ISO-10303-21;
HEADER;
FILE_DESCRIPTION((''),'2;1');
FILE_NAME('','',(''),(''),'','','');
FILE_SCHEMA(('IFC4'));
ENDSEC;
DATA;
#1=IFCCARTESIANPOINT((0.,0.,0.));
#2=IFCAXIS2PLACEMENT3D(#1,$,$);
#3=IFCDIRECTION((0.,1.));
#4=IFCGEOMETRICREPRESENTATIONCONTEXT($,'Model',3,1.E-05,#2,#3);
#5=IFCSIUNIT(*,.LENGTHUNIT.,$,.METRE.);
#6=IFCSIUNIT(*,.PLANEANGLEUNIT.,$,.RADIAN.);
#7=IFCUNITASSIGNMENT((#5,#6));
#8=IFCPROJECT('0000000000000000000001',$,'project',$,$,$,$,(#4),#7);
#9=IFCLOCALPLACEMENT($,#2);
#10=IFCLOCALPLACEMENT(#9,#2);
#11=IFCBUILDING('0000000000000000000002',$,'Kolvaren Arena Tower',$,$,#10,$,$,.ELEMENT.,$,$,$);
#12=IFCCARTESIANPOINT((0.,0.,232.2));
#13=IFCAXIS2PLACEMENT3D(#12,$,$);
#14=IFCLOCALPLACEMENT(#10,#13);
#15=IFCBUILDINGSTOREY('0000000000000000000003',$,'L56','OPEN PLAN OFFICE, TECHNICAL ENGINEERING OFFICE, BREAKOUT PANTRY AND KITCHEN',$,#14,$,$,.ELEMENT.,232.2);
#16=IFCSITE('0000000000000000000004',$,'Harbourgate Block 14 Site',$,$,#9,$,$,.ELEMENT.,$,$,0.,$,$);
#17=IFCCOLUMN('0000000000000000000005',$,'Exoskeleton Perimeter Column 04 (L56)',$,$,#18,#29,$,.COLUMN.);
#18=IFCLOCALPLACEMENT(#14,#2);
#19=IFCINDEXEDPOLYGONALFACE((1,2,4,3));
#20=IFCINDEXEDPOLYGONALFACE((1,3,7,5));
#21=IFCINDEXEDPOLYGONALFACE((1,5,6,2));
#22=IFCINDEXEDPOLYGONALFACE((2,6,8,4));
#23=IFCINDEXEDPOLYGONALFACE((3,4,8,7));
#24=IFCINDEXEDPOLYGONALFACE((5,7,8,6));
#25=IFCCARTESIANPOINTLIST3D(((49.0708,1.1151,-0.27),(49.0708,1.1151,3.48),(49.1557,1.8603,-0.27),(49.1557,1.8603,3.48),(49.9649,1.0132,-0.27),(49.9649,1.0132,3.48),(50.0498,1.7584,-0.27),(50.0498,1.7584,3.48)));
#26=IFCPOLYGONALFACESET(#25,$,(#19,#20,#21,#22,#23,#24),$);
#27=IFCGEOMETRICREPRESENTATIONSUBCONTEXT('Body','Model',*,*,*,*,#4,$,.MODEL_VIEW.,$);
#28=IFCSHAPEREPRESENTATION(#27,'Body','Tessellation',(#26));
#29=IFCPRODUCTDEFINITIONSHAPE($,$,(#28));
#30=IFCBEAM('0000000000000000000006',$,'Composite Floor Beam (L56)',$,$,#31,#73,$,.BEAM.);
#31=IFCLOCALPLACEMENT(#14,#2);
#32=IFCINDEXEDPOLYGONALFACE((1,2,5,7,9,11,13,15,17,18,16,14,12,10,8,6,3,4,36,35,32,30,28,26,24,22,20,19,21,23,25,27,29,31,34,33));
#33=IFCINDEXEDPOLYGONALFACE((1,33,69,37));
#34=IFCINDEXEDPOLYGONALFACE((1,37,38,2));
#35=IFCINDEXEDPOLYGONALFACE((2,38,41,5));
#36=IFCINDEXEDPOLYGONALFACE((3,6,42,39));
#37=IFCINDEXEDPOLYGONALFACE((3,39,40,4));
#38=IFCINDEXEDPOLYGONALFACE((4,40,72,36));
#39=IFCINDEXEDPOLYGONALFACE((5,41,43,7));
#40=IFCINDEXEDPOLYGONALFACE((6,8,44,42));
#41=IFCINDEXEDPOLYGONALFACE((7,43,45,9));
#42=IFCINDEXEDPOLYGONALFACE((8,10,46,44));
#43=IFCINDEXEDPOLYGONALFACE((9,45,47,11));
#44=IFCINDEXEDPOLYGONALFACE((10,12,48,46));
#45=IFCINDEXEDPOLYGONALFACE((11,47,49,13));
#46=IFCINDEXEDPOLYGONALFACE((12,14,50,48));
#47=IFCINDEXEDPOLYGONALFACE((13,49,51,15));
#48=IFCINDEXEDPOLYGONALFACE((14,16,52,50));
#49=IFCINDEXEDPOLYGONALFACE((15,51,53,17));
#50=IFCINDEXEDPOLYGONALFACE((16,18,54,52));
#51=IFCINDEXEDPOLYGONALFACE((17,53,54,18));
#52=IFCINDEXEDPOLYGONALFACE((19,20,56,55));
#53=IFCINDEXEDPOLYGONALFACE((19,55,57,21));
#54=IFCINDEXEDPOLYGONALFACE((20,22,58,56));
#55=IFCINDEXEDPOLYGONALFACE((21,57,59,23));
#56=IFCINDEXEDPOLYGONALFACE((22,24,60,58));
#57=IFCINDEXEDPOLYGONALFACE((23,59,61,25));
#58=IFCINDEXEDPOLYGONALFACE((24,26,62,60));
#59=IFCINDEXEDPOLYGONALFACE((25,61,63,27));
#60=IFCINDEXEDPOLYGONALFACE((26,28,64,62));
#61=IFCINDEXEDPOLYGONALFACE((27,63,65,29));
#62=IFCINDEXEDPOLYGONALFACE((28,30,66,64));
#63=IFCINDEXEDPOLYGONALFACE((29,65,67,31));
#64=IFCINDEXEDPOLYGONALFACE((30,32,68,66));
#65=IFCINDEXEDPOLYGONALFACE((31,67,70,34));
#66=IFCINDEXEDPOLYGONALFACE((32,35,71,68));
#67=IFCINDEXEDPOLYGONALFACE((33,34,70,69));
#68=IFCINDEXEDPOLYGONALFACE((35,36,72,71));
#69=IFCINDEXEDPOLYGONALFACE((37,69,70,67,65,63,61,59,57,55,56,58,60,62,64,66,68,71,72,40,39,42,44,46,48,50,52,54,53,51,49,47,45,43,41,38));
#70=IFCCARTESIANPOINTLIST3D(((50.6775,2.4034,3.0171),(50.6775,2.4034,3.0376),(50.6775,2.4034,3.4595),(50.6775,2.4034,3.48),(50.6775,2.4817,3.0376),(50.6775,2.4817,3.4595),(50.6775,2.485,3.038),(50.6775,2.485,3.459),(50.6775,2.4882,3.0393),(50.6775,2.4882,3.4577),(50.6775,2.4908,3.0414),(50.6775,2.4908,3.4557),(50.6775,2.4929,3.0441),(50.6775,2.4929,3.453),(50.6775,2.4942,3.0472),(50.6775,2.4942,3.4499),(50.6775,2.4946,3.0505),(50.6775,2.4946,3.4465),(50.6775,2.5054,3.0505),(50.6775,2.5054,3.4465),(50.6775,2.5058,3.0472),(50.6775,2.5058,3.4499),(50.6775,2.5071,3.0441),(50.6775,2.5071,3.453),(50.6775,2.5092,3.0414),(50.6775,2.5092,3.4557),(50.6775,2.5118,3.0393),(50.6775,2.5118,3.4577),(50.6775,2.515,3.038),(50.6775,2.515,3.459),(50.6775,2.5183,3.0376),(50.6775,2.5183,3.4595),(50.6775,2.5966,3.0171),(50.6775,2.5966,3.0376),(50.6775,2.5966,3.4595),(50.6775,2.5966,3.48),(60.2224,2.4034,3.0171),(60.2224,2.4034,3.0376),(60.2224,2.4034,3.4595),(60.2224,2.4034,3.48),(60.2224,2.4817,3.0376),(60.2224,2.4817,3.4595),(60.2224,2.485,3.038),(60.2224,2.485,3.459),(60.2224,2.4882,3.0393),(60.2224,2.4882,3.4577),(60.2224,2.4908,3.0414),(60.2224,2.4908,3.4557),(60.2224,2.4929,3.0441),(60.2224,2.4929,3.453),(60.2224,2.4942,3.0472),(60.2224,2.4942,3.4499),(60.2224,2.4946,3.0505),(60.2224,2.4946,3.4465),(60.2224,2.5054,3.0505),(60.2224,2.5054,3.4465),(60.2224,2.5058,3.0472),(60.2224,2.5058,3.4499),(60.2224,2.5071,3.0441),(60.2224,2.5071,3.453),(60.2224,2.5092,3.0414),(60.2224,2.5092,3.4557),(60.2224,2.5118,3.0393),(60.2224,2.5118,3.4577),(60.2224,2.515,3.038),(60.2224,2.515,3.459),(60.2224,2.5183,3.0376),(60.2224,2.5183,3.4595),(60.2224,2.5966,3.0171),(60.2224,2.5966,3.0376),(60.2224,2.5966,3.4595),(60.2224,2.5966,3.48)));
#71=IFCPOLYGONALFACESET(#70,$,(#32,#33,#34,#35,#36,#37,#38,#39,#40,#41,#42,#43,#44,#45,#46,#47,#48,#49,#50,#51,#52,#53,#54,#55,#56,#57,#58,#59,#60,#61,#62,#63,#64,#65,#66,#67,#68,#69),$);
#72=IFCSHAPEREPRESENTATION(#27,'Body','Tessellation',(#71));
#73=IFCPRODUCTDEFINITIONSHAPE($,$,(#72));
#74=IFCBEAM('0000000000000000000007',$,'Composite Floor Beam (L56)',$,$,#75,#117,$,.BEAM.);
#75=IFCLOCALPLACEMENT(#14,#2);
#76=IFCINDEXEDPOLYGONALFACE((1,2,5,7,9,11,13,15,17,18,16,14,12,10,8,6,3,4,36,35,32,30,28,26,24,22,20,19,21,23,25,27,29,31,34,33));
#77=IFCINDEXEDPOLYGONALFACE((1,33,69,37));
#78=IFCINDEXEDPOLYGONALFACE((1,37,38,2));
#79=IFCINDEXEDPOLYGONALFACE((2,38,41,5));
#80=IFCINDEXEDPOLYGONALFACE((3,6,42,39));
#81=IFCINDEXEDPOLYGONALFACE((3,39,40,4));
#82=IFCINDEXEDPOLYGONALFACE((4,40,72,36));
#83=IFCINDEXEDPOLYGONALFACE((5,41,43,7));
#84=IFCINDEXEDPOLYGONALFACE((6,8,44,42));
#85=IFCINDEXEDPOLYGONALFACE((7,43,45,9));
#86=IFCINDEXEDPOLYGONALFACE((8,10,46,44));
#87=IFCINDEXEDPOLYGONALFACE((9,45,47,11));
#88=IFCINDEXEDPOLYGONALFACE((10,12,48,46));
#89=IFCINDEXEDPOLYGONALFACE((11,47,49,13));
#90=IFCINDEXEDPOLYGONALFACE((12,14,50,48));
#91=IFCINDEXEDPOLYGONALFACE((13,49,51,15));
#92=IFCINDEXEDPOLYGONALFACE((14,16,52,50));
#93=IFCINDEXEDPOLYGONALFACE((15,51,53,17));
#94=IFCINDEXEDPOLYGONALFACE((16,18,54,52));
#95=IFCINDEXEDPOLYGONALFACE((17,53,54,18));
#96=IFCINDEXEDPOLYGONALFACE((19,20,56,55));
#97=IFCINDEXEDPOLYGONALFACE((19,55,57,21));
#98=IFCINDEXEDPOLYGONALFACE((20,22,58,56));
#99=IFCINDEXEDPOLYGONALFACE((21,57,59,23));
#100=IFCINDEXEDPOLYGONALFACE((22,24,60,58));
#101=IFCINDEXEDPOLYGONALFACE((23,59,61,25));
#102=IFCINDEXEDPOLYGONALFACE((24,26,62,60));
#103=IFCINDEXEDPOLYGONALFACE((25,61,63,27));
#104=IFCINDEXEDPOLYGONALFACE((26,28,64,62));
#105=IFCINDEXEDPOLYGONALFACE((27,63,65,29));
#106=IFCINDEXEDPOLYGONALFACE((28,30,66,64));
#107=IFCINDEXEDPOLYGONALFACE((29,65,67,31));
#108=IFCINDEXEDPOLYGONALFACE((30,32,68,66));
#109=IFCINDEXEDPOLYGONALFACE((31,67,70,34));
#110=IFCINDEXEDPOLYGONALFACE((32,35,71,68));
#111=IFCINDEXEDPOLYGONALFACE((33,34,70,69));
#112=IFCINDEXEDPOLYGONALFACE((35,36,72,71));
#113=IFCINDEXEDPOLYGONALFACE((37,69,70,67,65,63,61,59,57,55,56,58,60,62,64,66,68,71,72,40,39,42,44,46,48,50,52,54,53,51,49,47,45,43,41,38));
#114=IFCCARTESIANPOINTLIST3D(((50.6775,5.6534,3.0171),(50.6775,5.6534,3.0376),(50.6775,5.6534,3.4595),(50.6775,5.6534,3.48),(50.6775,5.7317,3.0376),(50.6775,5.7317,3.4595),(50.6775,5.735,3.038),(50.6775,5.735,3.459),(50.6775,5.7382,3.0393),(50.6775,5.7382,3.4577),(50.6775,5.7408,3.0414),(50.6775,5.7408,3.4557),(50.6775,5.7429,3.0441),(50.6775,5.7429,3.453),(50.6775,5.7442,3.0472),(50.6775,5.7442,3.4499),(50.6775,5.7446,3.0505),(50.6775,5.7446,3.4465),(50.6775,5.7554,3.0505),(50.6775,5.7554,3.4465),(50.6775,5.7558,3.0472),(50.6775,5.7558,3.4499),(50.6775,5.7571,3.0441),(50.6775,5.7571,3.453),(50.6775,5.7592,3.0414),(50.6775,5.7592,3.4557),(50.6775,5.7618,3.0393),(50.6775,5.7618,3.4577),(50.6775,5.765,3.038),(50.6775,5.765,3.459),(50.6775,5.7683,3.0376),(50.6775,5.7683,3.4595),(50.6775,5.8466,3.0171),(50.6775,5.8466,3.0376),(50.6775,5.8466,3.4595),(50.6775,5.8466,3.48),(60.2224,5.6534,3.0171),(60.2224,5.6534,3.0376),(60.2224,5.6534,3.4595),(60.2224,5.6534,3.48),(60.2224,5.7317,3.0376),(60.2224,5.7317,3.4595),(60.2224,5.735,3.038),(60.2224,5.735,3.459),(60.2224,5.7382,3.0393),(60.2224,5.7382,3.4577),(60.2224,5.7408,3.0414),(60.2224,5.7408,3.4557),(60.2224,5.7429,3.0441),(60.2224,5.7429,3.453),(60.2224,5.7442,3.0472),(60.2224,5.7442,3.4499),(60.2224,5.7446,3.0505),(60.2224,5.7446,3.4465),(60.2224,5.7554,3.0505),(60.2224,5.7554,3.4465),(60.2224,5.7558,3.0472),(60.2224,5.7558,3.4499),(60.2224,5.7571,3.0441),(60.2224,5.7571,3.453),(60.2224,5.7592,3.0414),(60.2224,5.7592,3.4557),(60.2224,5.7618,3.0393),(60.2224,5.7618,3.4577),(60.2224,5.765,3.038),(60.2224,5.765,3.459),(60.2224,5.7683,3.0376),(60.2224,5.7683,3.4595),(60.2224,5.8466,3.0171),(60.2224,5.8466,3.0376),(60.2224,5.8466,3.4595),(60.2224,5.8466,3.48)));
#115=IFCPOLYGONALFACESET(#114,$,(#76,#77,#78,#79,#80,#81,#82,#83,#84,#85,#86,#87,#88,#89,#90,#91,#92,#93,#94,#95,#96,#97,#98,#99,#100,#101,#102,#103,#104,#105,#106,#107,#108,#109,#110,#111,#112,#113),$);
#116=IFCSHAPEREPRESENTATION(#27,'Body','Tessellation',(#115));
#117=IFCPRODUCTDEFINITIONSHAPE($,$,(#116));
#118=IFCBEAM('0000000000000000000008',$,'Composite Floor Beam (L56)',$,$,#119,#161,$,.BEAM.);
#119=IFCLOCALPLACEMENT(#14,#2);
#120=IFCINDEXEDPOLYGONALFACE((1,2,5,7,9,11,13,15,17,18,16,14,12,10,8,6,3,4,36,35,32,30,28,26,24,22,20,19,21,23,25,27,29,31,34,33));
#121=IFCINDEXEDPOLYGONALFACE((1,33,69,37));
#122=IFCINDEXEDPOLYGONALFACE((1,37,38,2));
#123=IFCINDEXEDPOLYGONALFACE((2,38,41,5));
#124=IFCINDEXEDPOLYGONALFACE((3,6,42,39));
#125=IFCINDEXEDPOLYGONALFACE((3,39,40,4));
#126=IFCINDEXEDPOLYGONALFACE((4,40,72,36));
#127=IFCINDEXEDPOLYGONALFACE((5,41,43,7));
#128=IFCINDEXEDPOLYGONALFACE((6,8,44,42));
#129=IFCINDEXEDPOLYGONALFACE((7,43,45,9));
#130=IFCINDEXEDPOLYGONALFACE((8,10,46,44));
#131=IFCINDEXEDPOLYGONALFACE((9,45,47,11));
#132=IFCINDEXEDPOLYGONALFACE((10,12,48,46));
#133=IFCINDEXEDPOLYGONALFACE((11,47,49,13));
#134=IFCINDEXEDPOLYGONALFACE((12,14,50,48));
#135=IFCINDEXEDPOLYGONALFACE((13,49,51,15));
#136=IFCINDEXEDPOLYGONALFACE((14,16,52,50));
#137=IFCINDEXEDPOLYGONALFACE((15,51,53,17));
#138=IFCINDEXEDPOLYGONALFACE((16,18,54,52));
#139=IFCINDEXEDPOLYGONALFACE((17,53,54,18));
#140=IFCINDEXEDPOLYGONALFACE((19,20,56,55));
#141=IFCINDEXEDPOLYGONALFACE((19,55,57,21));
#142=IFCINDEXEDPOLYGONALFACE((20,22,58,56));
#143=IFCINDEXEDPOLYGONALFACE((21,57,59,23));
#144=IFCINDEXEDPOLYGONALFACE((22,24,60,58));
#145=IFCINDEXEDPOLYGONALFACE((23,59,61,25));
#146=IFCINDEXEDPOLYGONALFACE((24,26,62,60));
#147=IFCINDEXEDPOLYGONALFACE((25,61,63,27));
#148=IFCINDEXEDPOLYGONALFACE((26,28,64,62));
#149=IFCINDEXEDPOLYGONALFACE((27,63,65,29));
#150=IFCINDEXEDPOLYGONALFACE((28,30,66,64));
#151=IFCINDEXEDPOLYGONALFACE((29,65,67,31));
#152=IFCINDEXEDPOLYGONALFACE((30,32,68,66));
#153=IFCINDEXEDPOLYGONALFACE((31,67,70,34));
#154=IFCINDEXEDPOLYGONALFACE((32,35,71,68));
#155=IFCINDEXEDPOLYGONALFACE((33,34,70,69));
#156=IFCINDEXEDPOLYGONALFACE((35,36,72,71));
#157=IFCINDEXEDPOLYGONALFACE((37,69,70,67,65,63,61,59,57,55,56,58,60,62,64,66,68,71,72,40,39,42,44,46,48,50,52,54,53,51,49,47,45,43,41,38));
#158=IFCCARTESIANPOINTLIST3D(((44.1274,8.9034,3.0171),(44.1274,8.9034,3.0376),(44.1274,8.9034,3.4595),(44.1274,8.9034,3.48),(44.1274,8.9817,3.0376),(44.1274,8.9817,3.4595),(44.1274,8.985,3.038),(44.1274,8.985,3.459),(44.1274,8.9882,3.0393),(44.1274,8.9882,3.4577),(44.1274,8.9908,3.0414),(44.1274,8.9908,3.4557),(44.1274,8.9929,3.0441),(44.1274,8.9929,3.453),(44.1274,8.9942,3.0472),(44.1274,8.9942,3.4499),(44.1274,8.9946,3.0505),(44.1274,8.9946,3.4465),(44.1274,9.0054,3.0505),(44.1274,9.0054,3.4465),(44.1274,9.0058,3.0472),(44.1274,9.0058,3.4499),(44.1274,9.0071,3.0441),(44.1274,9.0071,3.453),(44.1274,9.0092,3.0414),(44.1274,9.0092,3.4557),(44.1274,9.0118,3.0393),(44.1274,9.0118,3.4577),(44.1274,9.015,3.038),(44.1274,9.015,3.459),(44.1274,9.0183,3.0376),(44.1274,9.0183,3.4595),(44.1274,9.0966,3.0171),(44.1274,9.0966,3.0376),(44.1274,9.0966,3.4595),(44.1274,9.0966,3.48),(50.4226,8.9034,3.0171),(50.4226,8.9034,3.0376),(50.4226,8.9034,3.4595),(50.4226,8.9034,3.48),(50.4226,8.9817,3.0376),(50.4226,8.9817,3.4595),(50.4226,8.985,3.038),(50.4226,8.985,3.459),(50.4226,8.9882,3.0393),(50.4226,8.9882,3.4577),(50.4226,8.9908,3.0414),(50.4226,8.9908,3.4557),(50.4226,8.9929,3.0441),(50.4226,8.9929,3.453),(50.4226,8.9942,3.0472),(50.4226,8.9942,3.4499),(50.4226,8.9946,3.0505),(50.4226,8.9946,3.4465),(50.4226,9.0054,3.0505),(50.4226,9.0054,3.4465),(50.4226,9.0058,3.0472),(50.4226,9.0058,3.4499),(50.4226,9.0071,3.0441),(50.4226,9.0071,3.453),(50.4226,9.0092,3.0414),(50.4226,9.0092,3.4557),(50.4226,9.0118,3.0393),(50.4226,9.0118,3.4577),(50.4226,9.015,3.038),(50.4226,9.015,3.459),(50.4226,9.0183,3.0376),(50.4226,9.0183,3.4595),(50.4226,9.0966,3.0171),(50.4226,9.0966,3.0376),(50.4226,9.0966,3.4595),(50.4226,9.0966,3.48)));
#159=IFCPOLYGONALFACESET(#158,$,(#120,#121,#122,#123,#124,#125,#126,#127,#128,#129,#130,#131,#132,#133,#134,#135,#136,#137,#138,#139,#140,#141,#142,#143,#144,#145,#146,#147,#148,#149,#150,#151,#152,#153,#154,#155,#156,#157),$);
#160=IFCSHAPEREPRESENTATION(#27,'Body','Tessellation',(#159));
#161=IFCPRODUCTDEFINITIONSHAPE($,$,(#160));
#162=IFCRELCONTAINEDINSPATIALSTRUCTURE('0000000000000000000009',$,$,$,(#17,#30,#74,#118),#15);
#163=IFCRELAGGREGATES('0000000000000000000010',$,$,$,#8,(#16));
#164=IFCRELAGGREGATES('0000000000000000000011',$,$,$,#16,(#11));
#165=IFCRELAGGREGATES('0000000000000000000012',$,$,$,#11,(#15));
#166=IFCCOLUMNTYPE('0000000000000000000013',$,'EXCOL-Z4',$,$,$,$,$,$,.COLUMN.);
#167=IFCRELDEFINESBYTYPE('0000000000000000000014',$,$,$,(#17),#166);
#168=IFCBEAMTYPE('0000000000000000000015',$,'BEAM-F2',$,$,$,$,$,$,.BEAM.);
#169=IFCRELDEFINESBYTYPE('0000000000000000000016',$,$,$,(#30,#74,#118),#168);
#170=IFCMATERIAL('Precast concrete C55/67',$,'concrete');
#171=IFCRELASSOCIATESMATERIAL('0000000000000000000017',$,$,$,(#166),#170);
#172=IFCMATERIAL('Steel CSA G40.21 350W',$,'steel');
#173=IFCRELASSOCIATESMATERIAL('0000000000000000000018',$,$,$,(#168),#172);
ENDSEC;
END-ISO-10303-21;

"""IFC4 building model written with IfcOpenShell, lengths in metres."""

from ifc_helpers import new_model, si_unit, direction, frame, origin, origin_2d, place, context, subcontext, project, spatial, rectangle, i_section, extrude, material, material_profile, profile_set, type_object, element, save


model = new_model("IFC4")

# Units and contexts
model_context = context("Model", 3, precision=1e-05, world=origin(), true_north=direction((0.0, 1.0)))
body_context = subcontext(model_context, "Body", "Model", "MODEL_VIEW")
ifc_project = project(units=[si_unit("LENGTHUNIT", "METRE"), si_unit("PLANEANGLEUNIT", "RADIAN")], contexts=[model_context])

# Site, building, storey
site_placement = place(None, origin())
site = spatial("IfcSite", under=ifc_project, at=site_placement, Name="Harbourgate Block 14 Site", CompositionType="ELEMENT", RefElevation=0.0)
building_placement = place(site_placement, origin())
building = spatial("IfcBuilding", under=site, at=building_placement, Name="Kolvaren Arena Tower", CompositionType="ELEMENT")
storey_placement = place(building_placement, frame((0.0, 0.0, 232.2)))
storey = spatial("IfcBuildingStorey", under=building, at=storey_placement, Name="L56", Description="OPEN PLAN OFFICE, TECHNICAL ENGINEERING OFFICE, BREAKOUT PANTRY AND KITCHEN", CompositionType="ELEMENT", Elevation=232.2)

# Column
ifc_material_1 = material(Name="Precast concrete C55/67", Category="concrete")
ifc_material_profile_1 = material_profile(ifc_material_1, rectangle(XDim=0.8999, YDim=0.75, at=origin_2d()), Name="RC-900x750")
ifc_profile_set_1 = profile_set([ifc_material_profile_1], Name="Precast concrete C55/67")
column_type = type_object("IfcColumnType", Name="EXCOL-Z4", PredefinedType="COLUMN", material=ifc_profile_set_1)
column_placement = place(storey_placement, frame((49.5603, 1.4368, -0.27), z_axis=(0.0, 0.0, 1.0), x_axis=(0.993572, -0.113203, 0.0)))
element("IfcColumn", 1, at=column_placement, inside=storey, type_object=column_type, Name="Exoskeleton Perimeter Column 04 (L56)", PredefinedType="COLUMN", context=body_context, shape_type="SweptSolid", body=[
    extrude(rectangle(XDim=0.8999, YDim=0.75, at=origin_2d()), origin(), (0.0, 0.0, 1.0), 3.75),
])

# Beams
ifc_material_2 = material(Name="Steel CSA G40.21 350W", Category="steel")
ifc_material_profile_2 = material_profile(ifc_material_2, i_section(OverallWidth=0.1931, OverallDepth=0.4629, WebThickness=0.0107, FlangeThickness=0.0205, FilletRadius=0.0129, at=origin_2d()), Name="W460x113")
ifc_profile_set_2 = profile_set([ifc_material_profile_2], Name="Steel CSA G40.21 350W")
beam_type_1 = type_object("IfcBeamType", Name="BEAM-F2", PredefinedType="BEAM", material=ifc_profile_set_2)
for number, where, z_axis, x_axis, name in (
    (2, (50.6775, 2.5, 3.2485), (1.0, 0.0, 0.0), (0.0, 1.0, 0.0), "Composite Floor Beam (L56)"),
    (3, (50.6775, 5.75, 3.2485), (1.0, 0.0, 0.0), (0.0, 1.0, 0.0), "Composite Floor Beam (L56)"),
):
    element("IfcBeam", number, at=place(storey_placement, frame(where, z_axis=z_axis, x_axis=x_axis)), inside=storey, type_object=beam_type_1, Name=name, PredefinedType="BEAM", context=body_context, shape_type="SweptSolid", body=[
        extrude(i_section(OverallWidth=0.1931, OverallDepth=0.4629, WebThickness=0.0107, FlangeThickness=0.0205, FilletRadius=0.0129, at=origin_2d()), origin(), (0.0, 0.0, 1.0), 9.5449),
    ])
beam_1_placement = place(storey_placement, frame((44.1274, 9.0, 3.2485), z_axis=(1.0, 0.0, 0.0), x_axis=(0.0, 1.0, 0.0)))
element("IfcBeam", 4, at=beam_1_placement, inside=storey, type_object=beam_type_1, Name="Composite Floor Beam (L56)", PredefinedType="BEAM", context=body_context, shape_type="SweptSolid", body=[
    extrude(i_section(OverallWidth=0.1931, OverallDepth=0.4629, WebThickness=0.0107, FlangeThickness=0.0205, FilletRadius=0.0129, at=origin_2d()), origin(), (0.0, 0.0, 1.0), 6.2952),
])

save(model, "model.ifc")
